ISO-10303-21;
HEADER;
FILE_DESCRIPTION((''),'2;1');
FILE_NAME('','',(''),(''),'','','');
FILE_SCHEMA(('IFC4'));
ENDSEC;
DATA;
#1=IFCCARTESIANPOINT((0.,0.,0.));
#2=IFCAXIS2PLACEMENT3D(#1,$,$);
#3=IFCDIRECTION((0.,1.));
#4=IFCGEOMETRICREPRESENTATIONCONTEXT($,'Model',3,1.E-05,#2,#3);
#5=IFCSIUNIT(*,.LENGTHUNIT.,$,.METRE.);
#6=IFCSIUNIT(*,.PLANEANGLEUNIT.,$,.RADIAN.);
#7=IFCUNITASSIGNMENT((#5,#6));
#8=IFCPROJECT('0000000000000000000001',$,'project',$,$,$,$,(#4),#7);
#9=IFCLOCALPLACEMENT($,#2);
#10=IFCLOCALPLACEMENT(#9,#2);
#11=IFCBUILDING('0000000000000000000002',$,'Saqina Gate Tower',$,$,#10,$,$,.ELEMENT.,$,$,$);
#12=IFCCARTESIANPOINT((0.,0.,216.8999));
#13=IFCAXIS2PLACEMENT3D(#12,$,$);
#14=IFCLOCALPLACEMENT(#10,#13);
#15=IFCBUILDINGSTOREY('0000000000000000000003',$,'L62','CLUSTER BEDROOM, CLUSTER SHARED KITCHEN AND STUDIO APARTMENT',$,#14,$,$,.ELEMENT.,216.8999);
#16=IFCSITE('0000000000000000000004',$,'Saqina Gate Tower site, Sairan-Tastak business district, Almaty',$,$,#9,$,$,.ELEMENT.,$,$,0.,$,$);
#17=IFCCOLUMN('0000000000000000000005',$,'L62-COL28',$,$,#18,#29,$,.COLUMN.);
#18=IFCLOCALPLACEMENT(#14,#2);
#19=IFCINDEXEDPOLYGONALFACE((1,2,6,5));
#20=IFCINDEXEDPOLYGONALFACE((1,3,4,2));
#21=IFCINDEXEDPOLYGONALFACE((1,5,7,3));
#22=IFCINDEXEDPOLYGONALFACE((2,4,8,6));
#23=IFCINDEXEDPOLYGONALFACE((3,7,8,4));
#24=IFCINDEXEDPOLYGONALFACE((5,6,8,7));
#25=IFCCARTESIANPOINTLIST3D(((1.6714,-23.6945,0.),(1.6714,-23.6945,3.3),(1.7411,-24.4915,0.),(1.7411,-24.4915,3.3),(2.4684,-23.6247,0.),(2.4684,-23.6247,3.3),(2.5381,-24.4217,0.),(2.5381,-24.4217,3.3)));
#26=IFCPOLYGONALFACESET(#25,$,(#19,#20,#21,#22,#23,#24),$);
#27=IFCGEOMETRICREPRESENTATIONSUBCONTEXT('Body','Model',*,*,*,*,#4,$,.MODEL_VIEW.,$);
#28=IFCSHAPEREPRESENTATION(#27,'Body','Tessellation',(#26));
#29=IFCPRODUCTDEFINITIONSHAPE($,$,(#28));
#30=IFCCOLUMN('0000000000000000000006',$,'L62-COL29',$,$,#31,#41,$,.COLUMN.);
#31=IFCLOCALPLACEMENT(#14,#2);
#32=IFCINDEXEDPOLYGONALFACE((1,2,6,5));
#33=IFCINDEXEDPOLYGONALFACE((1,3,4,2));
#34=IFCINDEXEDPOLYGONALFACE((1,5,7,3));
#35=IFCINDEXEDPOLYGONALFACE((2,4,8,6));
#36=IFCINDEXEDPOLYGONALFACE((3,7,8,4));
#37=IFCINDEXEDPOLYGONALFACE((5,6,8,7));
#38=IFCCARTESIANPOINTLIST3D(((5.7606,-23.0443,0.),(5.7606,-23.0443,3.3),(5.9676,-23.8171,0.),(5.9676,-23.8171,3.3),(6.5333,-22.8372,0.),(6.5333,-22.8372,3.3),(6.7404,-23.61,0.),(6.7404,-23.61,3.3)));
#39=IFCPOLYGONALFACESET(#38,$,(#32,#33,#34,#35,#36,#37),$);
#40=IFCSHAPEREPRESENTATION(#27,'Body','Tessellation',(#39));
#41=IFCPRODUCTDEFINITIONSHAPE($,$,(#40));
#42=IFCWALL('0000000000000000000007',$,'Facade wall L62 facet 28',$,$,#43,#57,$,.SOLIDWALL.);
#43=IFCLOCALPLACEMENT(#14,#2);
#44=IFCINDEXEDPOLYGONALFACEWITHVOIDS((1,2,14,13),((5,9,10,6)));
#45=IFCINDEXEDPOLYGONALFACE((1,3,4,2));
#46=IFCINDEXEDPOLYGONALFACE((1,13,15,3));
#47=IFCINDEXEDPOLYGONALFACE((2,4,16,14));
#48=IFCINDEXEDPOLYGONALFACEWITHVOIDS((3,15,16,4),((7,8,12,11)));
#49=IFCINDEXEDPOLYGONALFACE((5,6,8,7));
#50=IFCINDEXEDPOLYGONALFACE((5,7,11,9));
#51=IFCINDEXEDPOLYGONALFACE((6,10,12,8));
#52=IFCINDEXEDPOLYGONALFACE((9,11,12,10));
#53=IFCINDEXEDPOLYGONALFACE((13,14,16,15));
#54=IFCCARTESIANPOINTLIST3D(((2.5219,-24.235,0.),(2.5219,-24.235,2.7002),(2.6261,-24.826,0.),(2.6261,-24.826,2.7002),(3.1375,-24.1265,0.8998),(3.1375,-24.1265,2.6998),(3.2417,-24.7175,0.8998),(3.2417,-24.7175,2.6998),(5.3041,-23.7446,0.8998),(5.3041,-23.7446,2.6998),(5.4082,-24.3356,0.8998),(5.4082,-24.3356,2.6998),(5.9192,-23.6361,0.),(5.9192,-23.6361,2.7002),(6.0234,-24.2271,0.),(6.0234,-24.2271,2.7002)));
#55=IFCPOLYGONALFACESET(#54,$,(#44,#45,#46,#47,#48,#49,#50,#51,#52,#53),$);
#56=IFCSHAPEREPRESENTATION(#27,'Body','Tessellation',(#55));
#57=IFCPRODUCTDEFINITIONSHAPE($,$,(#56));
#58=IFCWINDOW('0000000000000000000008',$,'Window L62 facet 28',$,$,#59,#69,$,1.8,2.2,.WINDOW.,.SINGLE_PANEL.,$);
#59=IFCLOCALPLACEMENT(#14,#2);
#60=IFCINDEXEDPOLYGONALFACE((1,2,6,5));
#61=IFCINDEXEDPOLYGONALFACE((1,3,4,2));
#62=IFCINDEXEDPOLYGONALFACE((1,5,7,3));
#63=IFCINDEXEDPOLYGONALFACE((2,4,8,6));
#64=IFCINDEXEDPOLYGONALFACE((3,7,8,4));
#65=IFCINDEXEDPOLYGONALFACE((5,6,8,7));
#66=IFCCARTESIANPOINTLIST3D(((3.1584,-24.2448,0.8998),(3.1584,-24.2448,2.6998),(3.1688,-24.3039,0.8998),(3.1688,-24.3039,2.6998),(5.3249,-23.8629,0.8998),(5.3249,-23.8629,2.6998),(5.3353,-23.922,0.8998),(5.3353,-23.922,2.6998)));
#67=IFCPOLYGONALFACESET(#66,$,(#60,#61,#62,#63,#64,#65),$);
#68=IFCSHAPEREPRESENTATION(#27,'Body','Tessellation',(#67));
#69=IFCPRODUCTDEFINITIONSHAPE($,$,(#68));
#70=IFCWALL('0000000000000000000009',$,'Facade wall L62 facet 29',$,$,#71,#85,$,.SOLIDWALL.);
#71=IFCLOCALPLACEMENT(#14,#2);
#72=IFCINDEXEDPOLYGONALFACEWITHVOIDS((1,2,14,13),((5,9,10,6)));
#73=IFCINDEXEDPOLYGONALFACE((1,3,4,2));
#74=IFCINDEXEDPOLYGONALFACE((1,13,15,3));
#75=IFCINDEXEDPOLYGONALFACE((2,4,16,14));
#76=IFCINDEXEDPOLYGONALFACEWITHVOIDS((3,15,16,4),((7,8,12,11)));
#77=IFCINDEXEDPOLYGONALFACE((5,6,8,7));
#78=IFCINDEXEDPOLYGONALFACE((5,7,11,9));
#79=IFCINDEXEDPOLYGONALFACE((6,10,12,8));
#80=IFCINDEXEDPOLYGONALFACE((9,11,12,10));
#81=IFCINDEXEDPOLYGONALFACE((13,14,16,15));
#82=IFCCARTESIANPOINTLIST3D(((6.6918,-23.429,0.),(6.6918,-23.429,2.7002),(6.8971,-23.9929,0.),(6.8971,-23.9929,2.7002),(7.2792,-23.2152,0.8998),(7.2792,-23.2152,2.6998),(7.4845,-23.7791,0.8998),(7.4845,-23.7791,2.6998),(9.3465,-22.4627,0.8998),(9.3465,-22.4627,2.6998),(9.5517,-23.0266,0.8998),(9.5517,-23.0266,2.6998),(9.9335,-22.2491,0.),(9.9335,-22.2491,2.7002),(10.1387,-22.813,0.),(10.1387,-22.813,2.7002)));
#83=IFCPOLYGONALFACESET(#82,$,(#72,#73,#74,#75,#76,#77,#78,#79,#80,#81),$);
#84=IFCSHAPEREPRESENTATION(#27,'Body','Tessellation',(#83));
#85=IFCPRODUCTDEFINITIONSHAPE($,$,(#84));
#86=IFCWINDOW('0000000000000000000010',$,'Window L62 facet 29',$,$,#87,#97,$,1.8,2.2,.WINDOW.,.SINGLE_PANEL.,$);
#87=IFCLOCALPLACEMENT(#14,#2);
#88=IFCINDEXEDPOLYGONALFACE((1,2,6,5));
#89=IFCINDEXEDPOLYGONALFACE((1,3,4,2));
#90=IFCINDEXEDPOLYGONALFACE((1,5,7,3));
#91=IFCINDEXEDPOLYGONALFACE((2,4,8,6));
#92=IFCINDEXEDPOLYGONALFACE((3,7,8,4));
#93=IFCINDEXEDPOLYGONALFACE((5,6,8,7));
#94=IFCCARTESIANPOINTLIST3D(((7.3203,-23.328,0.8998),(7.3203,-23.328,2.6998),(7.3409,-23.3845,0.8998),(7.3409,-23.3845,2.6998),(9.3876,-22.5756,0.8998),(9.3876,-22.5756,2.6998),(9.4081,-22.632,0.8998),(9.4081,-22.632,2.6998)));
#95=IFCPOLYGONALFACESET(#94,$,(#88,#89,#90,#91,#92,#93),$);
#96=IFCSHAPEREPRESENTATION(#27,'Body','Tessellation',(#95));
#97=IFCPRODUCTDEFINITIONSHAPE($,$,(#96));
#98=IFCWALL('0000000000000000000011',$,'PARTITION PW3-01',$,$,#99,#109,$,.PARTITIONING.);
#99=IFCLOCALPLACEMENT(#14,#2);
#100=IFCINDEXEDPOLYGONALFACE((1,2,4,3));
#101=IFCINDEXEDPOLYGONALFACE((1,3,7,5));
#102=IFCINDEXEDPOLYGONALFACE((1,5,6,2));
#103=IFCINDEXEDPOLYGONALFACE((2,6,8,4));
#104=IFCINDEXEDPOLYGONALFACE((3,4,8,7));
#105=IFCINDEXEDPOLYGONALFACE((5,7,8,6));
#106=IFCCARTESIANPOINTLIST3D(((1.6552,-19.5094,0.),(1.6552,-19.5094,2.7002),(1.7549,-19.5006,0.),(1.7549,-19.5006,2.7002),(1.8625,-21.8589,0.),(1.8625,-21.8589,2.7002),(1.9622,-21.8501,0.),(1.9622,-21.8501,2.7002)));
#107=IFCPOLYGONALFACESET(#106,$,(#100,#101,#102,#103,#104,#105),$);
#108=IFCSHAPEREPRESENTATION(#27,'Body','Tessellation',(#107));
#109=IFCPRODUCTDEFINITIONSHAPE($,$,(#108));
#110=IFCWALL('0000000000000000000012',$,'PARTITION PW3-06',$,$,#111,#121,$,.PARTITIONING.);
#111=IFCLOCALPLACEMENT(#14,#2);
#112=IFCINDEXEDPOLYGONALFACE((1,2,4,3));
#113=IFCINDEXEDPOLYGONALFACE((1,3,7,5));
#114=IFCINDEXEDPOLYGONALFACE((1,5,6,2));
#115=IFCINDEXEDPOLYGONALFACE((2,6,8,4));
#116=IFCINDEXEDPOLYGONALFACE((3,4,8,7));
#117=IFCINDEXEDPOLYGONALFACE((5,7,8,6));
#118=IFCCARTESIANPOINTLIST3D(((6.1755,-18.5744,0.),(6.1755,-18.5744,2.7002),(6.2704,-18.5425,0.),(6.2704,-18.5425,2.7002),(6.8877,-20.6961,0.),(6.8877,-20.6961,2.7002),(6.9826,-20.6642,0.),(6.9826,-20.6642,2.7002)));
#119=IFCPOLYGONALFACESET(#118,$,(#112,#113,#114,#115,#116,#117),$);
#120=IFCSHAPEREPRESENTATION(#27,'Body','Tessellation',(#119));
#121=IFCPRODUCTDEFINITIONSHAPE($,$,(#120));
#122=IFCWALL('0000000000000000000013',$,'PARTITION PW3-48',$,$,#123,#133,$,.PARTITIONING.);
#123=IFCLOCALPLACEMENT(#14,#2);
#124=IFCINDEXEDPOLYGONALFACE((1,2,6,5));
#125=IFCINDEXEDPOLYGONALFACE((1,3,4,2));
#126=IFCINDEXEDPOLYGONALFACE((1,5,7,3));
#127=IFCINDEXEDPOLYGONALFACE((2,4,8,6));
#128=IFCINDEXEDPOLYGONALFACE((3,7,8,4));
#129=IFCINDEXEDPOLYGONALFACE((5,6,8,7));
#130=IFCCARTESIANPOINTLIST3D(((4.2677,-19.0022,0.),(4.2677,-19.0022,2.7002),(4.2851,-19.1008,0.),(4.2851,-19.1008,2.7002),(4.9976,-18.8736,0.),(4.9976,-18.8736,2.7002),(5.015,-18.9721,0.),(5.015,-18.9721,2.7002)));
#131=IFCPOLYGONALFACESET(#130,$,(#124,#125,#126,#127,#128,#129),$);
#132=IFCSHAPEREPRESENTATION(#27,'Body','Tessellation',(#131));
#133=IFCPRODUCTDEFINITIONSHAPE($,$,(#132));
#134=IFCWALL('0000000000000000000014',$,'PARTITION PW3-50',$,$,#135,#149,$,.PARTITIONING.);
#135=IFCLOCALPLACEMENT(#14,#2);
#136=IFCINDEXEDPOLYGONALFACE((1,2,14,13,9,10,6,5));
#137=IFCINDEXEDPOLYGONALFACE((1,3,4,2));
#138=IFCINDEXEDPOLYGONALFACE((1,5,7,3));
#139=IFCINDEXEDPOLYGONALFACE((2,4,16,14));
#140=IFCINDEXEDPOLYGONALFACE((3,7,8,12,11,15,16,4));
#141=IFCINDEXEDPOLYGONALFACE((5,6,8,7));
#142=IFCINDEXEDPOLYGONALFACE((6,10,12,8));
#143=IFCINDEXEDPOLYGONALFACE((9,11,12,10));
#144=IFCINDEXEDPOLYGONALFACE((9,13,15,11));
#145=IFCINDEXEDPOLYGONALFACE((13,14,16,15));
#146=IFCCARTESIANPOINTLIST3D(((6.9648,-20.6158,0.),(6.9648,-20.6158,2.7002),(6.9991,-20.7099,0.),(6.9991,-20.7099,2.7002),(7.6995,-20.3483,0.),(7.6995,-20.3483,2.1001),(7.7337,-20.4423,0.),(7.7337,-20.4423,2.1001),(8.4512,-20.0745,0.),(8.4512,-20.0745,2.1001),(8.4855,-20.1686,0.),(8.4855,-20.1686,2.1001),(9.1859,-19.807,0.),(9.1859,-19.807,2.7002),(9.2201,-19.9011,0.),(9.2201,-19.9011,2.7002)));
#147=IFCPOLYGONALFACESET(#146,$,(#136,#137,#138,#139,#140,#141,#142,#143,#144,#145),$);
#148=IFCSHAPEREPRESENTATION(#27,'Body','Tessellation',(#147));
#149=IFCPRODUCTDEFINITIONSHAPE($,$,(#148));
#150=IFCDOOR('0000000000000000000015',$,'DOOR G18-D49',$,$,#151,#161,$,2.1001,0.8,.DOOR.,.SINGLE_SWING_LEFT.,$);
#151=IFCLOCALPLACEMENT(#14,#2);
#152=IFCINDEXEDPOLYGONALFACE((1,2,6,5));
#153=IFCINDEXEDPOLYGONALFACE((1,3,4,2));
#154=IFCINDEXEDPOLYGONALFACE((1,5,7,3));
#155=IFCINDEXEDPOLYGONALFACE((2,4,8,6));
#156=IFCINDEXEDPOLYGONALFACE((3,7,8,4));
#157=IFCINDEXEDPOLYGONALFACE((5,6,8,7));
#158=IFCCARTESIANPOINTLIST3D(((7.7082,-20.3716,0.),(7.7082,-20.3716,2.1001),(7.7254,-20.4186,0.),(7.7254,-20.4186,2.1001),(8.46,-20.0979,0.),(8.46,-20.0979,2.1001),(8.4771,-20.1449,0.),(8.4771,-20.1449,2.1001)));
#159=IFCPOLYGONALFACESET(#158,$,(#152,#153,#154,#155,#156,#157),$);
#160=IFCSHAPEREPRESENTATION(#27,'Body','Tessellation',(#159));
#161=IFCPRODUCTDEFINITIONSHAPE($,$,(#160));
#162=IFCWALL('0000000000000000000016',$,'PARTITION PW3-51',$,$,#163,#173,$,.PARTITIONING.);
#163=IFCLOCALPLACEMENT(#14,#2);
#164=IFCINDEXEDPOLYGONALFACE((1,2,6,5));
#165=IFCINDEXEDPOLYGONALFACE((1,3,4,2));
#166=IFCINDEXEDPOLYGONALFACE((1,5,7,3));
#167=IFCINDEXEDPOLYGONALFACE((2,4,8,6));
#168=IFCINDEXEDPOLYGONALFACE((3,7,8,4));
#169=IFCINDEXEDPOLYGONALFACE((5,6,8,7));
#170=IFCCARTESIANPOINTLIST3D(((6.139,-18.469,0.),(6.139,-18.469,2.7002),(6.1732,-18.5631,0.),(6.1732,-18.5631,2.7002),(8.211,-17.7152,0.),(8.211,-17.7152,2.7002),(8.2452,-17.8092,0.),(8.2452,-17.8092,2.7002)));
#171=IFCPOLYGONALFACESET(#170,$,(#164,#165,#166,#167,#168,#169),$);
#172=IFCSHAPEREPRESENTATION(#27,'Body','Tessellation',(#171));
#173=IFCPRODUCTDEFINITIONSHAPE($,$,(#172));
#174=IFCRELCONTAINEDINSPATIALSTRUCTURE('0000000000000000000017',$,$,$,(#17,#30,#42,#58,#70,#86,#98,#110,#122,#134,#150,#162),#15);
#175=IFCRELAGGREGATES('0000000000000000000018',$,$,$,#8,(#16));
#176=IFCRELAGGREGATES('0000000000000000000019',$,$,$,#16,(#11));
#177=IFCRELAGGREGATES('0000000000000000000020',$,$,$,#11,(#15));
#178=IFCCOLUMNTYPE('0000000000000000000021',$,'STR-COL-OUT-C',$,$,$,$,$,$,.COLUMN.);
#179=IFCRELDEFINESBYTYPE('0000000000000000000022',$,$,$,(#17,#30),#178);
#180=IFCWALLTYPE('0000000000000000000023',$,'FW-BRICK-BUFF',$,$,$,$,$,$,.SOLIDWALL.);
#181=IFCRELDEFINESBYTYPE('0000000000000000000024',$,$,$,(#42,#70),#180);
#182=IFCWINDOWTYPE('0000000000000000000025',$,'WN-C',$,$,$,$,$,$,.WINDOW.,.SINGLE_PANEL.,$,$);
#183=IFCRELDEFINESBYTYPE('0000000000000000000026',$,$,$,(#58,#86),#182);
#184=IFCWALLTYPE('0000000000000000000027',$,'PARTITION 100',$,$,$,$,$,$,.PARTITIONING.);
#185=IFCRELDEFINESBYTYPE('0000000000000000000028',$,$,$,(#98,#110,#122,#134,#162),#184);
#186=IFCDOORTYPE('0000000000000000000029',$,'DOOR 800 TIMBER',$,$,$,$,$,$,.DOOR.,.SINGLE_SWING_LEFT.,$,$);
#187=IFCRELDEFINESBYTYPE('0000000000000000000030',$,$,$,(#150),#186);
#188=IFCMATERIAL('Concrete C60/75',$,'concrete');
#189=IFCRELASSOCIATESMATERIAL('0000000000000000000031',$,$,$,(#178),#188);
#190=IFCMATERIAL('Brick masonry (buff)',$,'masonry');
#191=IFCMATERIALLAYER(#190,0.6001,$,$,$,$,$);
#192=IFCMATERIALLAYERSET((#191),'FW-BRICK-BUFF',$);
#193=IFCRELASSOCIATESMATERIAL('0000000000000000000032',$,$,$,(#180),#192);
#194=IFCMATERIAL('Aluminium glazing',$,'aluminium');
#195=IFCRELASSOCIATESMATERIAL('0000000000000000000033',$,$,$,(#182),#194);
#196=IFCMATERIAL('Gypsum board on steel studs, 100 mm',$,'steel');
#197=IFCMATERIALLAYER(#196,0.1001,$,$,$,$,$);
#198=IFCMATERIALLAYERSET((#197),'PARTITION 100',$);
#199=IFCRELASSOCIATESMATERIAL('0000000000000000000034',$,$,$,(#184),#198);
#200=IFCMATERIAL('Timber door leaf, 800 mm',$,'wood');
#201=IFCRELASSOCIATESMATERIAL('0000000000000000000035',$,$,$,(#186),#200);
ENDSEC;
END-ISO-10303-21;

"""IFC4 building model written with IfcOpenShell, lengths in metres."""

from ifc_helpers import new_model, si_unit, direction, frame, frame_2d, origin, origin_2d, place, context, subcontext, project, spatial, rectangle, extrude, material, layer, layer_set, material_profile, profile_set, type_object, element, fill, save


model = new_model("IFC4")

# Units and contexts
model_context = context("Model", 3, precision=1e-05, world=origin(), true_north=direction((0.0, 1.0)))
body_context = subcontext(model_context, "Body", "Model", "MODEL_VIEW")
ifc_project = project(units=[si_unit("LENGTHUNIT", "METRE"), si_unit("PLANEANGLEUNIT", "RADIAN")], contexts=[model_context])

# Site, building, storey
site_placement = place(None, origin())
site = spatial("IfcSite", under=ifc_project, at=site_placement, Name="Saqina Gate Tower site, Sairan-Tastak business district, Almaty", CompositionType="ELEMENT", RefElevation=0.0)
building_placement = place(site_placement, origin())
building = spatial("IfcBuilding", under=site, at=building_placement, Name="Saqina Gate Tower", CompositionType="ELEMENT")
storey_placement = place(building_placement, frame((0.0, 0.0, 216.8999)))
storey = spatial("IfcBuildingStorey", under=building, at=storey_placement, Name="L62", Description="CLUSTER BEDROOM, CLUSTER SHARED KITCHEN AND STUDIO APARTMENT", CompositionType="ELEMENT", Elevation=216.8999)

# Columns
ifc_material_1 = material(Name="Concrete C60/75", Category="concrete")
ifc_material_profile = material_profile(ifc_material_1, rectangle(XDim=0.8, YDim=0.8, at=origin_2d()), Name="RC 800x800")
ifc_profile_set = profile_set([ifc_material_profile], Name="Concrete C60/75")
column_type = type_object("IfcColumnType", Name="STR-COL-OUT-C", PredefinedType="COLUMN", material=ifc_profile_set)
for number, where, z_axis, x_axis, name in (
    (1, (2.1047, -24.0581, 0.0), (0.0, 0.0, 1.0), (0.087156, -0.996195, 0.0), "L62-COL28"),
    (2, (6.2505, -23.3271, 0.0), (0.0, 0.0, 1.0), (0.258819, -0.965926, 0.0), "L62-COL29"),
):
    element("IfcColumn", number, at=place(storey_placement, frame(where, z_axis=z_axis, x_axis=x_axis)), inside=storey, type_object=column_type, Name=name, PredefinedType="COLUMN", context=body_context, shape_type="SweptSolid", body=[
        extrude(rectangle(XDim=0.8, YDim=0.8, at=origin_2d()), origin(), (0.0, 0.0, 1.0), 3.3),
    ])

# Walls, openings, windows
ifc_material_2 = material(Name="Brick masonry (buff)", Category="masonry")
ifc_layer_1 = layer(ifc_material_2, 0.6001)
ifc_layer_set_1 = layer_set([ifc_layer_1], Name="FW-BRICK-BUFF")
wall_type_1 = type_object("IfcWallType", Name="FW-BRICK-BUFF", PredefinedType="SOLIDWALL", material=ifc_layer_set_1)
wall_1_placement = place(storey_placement, frame((2.574, -24.5305, 0.0), z_axis=(0.0, 0.0, 1.0), x_axis=(0.984815, 0.173608, 0.0)))
wall_1 = element("IfcWall", 3, at=wall_1_placement, inside=storey, type_object=wall_type_1, Name="Facade wall L62 facet 28", PredefinedType="SOLIDWALL", context=body_context, shape_type="SweptSolid", body=[
    extrude(rectangle(XDim=3.4497, YDim=0.6001, at=frame_2d((1.7249, 0.0))), origin(), (0.0, 0.0, 1.0), 2.7002),
])
opening_1_placement = place(wall_1_placement, frame((0.625, 0.0, 0.8999)))
opening_1 = element("IfcOpeningElement", 4, at=opening_1_placement, cuts=wall_1, PredefinedType="OPENING", context=body_context, shape_type="SweptSolid", body=[
    extrude(rectangle(XDim=2.2, YDim=1.8, at=frame_2d((1.1001, 0.8999))), frame((0.0, 0.312, 0.0), z_axis=(0.0, -1.0, 0.0), x_axis=(1.0, 0.0, 0.0)), (0.0, 0.0, 1.0), 0.624),
])
ifc_material_3 = material(Name="Aluminium glazing", Category="aluminium")
window_type = type_object("IfcWindowType", Name="WN-C", PartitioningType="SINGLE_PANEL", PredefinedType="WINDOW", material=ifc_material_3)
window_1_placement = place(opening_1_placement, origin())
window_1 = element("IfcWindow", 5, at=window_1_placement, inside=storey, type_object=window_type, Name="Window L62 facet 28", OverallHeight=1.8, OverallWidth=2.2, PartitioningType="SINGLE_PANEL", PredefinedType="WINDOW", context=body_context, shape_type="SweptSolid", body=[
    extrude(rectangle(XDim=2.2, YDim=1.8, at=frame_2d((1.1001, 0.8999))), frame((0.0, 0.1799, 0.0), z_axis=(0.0, -1.0, 0.0), x_axis=(1.0, 0.0, 0.0)), (0.0, 0.0, 1.0), 0.0601),
])
fill(opening_1, window_1)
wall_2_placement = place(storey_placement, frame((6.7944, -23.7109, 0.0), z_axis=(0.0, 0.0, 1.0), x_axis=(0.939688, 0.342033, 0.0)))
wall_2 = element("IfcWall", 6, at=wall_2_placement, inside=storey, type_object=wall_type_1, Name="Facade wall L62 facet 29", PredefinedType="SOLIDWALL", context=body_context, shape_type="SweptSolid", body=[
    extrude(rectangle(XDim=3.4497, YDim=0.6001, at=frame_2d((1.7249, 0.0))), origin(), (0.0, 0.0, 1.0), 2.7002),
])
opening_2_placement = place(wall_2_placement, frame((0.625, 0.0, 0.8999)))
opening_2 = element("IfcOpeningElement", 7, at=opening_2_placement, cuts=wall_2, PredefinedType="OPENING", context=body_context, shape_type="SweptSolid", body=[
    extrude(rectangle(XDim=2.2, YDim=1.8, at=frame_2d((1.1001, 0.8999))), frame((0.0, 0.312, 0.0), z_axis=(0.0, -1.0, 0.0), x_axis=(1.0, 0.0, 0.0)), (0.0, 0.0, 1.0), 0.624),
])
window_2_placement = place(opening_2_placement, origin())
window_2 = element("IfcWindow", 8, at=window_2_placement, inside=storey, type_object=window_type, Name="Window L62 facet 29", OverallHeight=1.8, OverallWidth=2.2, PartitioningType="SINGLE_PANEL", PredefinedType="WINDOW", context=body_context, shape_type="SweptSolid", body=[
    extrude(rectangle(XDim=2.2, YDim=1.8, at=frame_2d((1.1001, 0.8999))), frame((0.0, 0.1799, 0.0), z_axis=(0.0, -1.0, 0.0), x_axis=(1.0, 0.0, 0.0)), (0.0, 0.0, 1.0), 0.0601),
])
fill(opening_2, window_2)

# Walls
ifc_material_4 = material(Name="Gypsum board on steel studs, 100 mm", Category="steel")
ifc_layer_2 = layer(ifc_material_4, 0.1001)
ifc_layer_set_2 = layer_set([ifc_layer_2], Name="PARTITION 100")
wall_type_2 = type_object("IfcWallType", Name="PARTITION 100", PredefinedType="PARTITIONING", material=ifc_layer_set_2)
wall_3_placement = place(storey_placement, frame((1.7051, -19.5051, 0.0), z_axis=(0.0, 0.0, 1.0), x_axis=(0.087876, -0.996131, 0.0)))
element("IfcWall", 9, at=wall_3_placement, inside=storey, type_object=wall_type_2, Name="PARTITION PW3-01", PredefinedType="PARTITIONING", context=body_context, shape_type="SweptSolid", body=[
    extrude(rectangle(XDim=2.3586, YDim=0.1001, at=frame_2d((1.1792, 0.0))), origin(), (0.0, 0.0, 1.0), 2.7002),
])
wall_4_placement = place(storey_placement, frame((6.2229, -18.5583, 0.0), z_axis=(0.0, 0.0, 1.0), x_axis=(0.318223, -0.948016, 0.0)))
element("IfcWall", 10, at=wall_4_placement, inside=storey, type_object=wall_type_2, Name="PARTITION PW3-06", PredefinedType="PARTITIONING", context=body_context, shape_type="SweptSolid", body=[
    extrude(rectangle(XDim=2.238, YDim=0.1001, at=frame_2d((1.1191, 0.0))), origin(), (0.0, 0.0, 1.0), 2.7002),
])
wall_5_placement = place(storey_placement, frame((4.2764, -19.0515, 0.0), z_axis=(0.0, 0.0, 1.0), x_axis=(0.98482, 0.173579, 0.0)))
element("IfcWall", 11, at=wall_5_placement, inside=storey, type_object=wall_type_2, Name="PARTITION PW3-48", PredefinedType="PARTITIONING", context=body_context, shape_type="SweptSolid", body=[
    extrude(rectangle(XDim=0.7412, YDim=0.1001, at=frame_2d((0.3706, 0.0))), origin(), (0.0, 0.0, 1.0), 2.7002),
])

# Wall, opening, door
wall_6_placement = place(storey_placement, frame((6.9819, -20.6628, 0.0), z_axis=(0.0, 0.0, 1.0), x_axis=(0.93964, 0.342166, 0.0)))
wall_6 = element("IfcWall", 12, at=wall_6_placement, inside=storey, type_object=wall_type_2, Name="PARTITION PW3-50", PredefinedType="PARTITIONING", context=body_context, shape_type="SweptSolid", body=[
    extrude(rectangle(XDim=2.3638, YDim=0.1001, at=frame_2d((1.1819, 0.0))), origin(), (0.0, 0.0, 1.0), 2.7002),
])
opening_3_placement = place(wall_6_placement, frame((0.782, 0.0, 0.0)))
opening_3 = element("IfcOpeningElement", 13, at=opening_3_placement, cuts=wall_6, PredefinedType="OPENING", context=body_context, shape_type="SweptSolid", body=[
    extrude(rectangle(XDim=0.8, YDim=2.1001, at=frame_2d((0.3999, 1.05))), frame((0.0, 0.062, 0.0), z_axis=(0.0, -1.0, 0.0), x_axis=(1.0, 0.0, 0.0)), (0.0, 0.0, 1.0), 0.124),
])
ifc_material_5 = material(Name="Timber door leaf, 800 mm", Category="wood")
door_type_1 = type_object("IfcDoorType", Name="DOOR 800 TIMBER", OperationType="SINGLE_SWING_LEFT", PredefinedType="DOOR", material=ifc_material_5)
door_1_placement = place(opening_3_placement, frame((0.8, 0.0, 0.0), z_axis=(0.0, 0.0, 1.0), x_axis=(-1.0, 0.0, 0.0)))
door_1 = element("IfcDoor", 14, at=door_1_placement, inside=storey, type_object=door_type_1, Name="DOOR G18-D49", OperationType="SINGLE_SWING_LEFT", OverallHeight=2.1001, OverallWidth=0.8, PredefinedType="DOOR", context=body_context, shape_type="SweptSolid", body=[
    extrude(rectangle(XDim=0.8, YDim=2.1001, at=frame_2d((0.3999, 1.05))), frame((0.0, 0.0249, 0.0), z_axis=(0.0, -1.0, 0.0), x_axis=(1.0, 0.0, 0.0)), (0.0, 0.0, 1.0), 0.05),
])
fill(opening_3, door_1)

# Wall
wall_7_placement = place(storey_placement, frame((6.156, -18.5161, 0.0), z_axis=(0.0, 0.0, 1.0), x_axis=(0.939729, 0.341921, 0.0)))
element("IfcWall", 15, at=wall_7_placement, inside=storey, type_object=wall_type_2, Name="PARTITION PW3-51", PredefinedType="PARTITIONING", context=body_context, shape_type="SweptSolid", body=[
    extrude(rectangle(XDim=2.2048, YDim=0.1001, at=frame_2d((1.1025, 0.0))), origin(), (0.0, 0.0, 1.0), 2.7002),
])

save(model, "model.ifc")
